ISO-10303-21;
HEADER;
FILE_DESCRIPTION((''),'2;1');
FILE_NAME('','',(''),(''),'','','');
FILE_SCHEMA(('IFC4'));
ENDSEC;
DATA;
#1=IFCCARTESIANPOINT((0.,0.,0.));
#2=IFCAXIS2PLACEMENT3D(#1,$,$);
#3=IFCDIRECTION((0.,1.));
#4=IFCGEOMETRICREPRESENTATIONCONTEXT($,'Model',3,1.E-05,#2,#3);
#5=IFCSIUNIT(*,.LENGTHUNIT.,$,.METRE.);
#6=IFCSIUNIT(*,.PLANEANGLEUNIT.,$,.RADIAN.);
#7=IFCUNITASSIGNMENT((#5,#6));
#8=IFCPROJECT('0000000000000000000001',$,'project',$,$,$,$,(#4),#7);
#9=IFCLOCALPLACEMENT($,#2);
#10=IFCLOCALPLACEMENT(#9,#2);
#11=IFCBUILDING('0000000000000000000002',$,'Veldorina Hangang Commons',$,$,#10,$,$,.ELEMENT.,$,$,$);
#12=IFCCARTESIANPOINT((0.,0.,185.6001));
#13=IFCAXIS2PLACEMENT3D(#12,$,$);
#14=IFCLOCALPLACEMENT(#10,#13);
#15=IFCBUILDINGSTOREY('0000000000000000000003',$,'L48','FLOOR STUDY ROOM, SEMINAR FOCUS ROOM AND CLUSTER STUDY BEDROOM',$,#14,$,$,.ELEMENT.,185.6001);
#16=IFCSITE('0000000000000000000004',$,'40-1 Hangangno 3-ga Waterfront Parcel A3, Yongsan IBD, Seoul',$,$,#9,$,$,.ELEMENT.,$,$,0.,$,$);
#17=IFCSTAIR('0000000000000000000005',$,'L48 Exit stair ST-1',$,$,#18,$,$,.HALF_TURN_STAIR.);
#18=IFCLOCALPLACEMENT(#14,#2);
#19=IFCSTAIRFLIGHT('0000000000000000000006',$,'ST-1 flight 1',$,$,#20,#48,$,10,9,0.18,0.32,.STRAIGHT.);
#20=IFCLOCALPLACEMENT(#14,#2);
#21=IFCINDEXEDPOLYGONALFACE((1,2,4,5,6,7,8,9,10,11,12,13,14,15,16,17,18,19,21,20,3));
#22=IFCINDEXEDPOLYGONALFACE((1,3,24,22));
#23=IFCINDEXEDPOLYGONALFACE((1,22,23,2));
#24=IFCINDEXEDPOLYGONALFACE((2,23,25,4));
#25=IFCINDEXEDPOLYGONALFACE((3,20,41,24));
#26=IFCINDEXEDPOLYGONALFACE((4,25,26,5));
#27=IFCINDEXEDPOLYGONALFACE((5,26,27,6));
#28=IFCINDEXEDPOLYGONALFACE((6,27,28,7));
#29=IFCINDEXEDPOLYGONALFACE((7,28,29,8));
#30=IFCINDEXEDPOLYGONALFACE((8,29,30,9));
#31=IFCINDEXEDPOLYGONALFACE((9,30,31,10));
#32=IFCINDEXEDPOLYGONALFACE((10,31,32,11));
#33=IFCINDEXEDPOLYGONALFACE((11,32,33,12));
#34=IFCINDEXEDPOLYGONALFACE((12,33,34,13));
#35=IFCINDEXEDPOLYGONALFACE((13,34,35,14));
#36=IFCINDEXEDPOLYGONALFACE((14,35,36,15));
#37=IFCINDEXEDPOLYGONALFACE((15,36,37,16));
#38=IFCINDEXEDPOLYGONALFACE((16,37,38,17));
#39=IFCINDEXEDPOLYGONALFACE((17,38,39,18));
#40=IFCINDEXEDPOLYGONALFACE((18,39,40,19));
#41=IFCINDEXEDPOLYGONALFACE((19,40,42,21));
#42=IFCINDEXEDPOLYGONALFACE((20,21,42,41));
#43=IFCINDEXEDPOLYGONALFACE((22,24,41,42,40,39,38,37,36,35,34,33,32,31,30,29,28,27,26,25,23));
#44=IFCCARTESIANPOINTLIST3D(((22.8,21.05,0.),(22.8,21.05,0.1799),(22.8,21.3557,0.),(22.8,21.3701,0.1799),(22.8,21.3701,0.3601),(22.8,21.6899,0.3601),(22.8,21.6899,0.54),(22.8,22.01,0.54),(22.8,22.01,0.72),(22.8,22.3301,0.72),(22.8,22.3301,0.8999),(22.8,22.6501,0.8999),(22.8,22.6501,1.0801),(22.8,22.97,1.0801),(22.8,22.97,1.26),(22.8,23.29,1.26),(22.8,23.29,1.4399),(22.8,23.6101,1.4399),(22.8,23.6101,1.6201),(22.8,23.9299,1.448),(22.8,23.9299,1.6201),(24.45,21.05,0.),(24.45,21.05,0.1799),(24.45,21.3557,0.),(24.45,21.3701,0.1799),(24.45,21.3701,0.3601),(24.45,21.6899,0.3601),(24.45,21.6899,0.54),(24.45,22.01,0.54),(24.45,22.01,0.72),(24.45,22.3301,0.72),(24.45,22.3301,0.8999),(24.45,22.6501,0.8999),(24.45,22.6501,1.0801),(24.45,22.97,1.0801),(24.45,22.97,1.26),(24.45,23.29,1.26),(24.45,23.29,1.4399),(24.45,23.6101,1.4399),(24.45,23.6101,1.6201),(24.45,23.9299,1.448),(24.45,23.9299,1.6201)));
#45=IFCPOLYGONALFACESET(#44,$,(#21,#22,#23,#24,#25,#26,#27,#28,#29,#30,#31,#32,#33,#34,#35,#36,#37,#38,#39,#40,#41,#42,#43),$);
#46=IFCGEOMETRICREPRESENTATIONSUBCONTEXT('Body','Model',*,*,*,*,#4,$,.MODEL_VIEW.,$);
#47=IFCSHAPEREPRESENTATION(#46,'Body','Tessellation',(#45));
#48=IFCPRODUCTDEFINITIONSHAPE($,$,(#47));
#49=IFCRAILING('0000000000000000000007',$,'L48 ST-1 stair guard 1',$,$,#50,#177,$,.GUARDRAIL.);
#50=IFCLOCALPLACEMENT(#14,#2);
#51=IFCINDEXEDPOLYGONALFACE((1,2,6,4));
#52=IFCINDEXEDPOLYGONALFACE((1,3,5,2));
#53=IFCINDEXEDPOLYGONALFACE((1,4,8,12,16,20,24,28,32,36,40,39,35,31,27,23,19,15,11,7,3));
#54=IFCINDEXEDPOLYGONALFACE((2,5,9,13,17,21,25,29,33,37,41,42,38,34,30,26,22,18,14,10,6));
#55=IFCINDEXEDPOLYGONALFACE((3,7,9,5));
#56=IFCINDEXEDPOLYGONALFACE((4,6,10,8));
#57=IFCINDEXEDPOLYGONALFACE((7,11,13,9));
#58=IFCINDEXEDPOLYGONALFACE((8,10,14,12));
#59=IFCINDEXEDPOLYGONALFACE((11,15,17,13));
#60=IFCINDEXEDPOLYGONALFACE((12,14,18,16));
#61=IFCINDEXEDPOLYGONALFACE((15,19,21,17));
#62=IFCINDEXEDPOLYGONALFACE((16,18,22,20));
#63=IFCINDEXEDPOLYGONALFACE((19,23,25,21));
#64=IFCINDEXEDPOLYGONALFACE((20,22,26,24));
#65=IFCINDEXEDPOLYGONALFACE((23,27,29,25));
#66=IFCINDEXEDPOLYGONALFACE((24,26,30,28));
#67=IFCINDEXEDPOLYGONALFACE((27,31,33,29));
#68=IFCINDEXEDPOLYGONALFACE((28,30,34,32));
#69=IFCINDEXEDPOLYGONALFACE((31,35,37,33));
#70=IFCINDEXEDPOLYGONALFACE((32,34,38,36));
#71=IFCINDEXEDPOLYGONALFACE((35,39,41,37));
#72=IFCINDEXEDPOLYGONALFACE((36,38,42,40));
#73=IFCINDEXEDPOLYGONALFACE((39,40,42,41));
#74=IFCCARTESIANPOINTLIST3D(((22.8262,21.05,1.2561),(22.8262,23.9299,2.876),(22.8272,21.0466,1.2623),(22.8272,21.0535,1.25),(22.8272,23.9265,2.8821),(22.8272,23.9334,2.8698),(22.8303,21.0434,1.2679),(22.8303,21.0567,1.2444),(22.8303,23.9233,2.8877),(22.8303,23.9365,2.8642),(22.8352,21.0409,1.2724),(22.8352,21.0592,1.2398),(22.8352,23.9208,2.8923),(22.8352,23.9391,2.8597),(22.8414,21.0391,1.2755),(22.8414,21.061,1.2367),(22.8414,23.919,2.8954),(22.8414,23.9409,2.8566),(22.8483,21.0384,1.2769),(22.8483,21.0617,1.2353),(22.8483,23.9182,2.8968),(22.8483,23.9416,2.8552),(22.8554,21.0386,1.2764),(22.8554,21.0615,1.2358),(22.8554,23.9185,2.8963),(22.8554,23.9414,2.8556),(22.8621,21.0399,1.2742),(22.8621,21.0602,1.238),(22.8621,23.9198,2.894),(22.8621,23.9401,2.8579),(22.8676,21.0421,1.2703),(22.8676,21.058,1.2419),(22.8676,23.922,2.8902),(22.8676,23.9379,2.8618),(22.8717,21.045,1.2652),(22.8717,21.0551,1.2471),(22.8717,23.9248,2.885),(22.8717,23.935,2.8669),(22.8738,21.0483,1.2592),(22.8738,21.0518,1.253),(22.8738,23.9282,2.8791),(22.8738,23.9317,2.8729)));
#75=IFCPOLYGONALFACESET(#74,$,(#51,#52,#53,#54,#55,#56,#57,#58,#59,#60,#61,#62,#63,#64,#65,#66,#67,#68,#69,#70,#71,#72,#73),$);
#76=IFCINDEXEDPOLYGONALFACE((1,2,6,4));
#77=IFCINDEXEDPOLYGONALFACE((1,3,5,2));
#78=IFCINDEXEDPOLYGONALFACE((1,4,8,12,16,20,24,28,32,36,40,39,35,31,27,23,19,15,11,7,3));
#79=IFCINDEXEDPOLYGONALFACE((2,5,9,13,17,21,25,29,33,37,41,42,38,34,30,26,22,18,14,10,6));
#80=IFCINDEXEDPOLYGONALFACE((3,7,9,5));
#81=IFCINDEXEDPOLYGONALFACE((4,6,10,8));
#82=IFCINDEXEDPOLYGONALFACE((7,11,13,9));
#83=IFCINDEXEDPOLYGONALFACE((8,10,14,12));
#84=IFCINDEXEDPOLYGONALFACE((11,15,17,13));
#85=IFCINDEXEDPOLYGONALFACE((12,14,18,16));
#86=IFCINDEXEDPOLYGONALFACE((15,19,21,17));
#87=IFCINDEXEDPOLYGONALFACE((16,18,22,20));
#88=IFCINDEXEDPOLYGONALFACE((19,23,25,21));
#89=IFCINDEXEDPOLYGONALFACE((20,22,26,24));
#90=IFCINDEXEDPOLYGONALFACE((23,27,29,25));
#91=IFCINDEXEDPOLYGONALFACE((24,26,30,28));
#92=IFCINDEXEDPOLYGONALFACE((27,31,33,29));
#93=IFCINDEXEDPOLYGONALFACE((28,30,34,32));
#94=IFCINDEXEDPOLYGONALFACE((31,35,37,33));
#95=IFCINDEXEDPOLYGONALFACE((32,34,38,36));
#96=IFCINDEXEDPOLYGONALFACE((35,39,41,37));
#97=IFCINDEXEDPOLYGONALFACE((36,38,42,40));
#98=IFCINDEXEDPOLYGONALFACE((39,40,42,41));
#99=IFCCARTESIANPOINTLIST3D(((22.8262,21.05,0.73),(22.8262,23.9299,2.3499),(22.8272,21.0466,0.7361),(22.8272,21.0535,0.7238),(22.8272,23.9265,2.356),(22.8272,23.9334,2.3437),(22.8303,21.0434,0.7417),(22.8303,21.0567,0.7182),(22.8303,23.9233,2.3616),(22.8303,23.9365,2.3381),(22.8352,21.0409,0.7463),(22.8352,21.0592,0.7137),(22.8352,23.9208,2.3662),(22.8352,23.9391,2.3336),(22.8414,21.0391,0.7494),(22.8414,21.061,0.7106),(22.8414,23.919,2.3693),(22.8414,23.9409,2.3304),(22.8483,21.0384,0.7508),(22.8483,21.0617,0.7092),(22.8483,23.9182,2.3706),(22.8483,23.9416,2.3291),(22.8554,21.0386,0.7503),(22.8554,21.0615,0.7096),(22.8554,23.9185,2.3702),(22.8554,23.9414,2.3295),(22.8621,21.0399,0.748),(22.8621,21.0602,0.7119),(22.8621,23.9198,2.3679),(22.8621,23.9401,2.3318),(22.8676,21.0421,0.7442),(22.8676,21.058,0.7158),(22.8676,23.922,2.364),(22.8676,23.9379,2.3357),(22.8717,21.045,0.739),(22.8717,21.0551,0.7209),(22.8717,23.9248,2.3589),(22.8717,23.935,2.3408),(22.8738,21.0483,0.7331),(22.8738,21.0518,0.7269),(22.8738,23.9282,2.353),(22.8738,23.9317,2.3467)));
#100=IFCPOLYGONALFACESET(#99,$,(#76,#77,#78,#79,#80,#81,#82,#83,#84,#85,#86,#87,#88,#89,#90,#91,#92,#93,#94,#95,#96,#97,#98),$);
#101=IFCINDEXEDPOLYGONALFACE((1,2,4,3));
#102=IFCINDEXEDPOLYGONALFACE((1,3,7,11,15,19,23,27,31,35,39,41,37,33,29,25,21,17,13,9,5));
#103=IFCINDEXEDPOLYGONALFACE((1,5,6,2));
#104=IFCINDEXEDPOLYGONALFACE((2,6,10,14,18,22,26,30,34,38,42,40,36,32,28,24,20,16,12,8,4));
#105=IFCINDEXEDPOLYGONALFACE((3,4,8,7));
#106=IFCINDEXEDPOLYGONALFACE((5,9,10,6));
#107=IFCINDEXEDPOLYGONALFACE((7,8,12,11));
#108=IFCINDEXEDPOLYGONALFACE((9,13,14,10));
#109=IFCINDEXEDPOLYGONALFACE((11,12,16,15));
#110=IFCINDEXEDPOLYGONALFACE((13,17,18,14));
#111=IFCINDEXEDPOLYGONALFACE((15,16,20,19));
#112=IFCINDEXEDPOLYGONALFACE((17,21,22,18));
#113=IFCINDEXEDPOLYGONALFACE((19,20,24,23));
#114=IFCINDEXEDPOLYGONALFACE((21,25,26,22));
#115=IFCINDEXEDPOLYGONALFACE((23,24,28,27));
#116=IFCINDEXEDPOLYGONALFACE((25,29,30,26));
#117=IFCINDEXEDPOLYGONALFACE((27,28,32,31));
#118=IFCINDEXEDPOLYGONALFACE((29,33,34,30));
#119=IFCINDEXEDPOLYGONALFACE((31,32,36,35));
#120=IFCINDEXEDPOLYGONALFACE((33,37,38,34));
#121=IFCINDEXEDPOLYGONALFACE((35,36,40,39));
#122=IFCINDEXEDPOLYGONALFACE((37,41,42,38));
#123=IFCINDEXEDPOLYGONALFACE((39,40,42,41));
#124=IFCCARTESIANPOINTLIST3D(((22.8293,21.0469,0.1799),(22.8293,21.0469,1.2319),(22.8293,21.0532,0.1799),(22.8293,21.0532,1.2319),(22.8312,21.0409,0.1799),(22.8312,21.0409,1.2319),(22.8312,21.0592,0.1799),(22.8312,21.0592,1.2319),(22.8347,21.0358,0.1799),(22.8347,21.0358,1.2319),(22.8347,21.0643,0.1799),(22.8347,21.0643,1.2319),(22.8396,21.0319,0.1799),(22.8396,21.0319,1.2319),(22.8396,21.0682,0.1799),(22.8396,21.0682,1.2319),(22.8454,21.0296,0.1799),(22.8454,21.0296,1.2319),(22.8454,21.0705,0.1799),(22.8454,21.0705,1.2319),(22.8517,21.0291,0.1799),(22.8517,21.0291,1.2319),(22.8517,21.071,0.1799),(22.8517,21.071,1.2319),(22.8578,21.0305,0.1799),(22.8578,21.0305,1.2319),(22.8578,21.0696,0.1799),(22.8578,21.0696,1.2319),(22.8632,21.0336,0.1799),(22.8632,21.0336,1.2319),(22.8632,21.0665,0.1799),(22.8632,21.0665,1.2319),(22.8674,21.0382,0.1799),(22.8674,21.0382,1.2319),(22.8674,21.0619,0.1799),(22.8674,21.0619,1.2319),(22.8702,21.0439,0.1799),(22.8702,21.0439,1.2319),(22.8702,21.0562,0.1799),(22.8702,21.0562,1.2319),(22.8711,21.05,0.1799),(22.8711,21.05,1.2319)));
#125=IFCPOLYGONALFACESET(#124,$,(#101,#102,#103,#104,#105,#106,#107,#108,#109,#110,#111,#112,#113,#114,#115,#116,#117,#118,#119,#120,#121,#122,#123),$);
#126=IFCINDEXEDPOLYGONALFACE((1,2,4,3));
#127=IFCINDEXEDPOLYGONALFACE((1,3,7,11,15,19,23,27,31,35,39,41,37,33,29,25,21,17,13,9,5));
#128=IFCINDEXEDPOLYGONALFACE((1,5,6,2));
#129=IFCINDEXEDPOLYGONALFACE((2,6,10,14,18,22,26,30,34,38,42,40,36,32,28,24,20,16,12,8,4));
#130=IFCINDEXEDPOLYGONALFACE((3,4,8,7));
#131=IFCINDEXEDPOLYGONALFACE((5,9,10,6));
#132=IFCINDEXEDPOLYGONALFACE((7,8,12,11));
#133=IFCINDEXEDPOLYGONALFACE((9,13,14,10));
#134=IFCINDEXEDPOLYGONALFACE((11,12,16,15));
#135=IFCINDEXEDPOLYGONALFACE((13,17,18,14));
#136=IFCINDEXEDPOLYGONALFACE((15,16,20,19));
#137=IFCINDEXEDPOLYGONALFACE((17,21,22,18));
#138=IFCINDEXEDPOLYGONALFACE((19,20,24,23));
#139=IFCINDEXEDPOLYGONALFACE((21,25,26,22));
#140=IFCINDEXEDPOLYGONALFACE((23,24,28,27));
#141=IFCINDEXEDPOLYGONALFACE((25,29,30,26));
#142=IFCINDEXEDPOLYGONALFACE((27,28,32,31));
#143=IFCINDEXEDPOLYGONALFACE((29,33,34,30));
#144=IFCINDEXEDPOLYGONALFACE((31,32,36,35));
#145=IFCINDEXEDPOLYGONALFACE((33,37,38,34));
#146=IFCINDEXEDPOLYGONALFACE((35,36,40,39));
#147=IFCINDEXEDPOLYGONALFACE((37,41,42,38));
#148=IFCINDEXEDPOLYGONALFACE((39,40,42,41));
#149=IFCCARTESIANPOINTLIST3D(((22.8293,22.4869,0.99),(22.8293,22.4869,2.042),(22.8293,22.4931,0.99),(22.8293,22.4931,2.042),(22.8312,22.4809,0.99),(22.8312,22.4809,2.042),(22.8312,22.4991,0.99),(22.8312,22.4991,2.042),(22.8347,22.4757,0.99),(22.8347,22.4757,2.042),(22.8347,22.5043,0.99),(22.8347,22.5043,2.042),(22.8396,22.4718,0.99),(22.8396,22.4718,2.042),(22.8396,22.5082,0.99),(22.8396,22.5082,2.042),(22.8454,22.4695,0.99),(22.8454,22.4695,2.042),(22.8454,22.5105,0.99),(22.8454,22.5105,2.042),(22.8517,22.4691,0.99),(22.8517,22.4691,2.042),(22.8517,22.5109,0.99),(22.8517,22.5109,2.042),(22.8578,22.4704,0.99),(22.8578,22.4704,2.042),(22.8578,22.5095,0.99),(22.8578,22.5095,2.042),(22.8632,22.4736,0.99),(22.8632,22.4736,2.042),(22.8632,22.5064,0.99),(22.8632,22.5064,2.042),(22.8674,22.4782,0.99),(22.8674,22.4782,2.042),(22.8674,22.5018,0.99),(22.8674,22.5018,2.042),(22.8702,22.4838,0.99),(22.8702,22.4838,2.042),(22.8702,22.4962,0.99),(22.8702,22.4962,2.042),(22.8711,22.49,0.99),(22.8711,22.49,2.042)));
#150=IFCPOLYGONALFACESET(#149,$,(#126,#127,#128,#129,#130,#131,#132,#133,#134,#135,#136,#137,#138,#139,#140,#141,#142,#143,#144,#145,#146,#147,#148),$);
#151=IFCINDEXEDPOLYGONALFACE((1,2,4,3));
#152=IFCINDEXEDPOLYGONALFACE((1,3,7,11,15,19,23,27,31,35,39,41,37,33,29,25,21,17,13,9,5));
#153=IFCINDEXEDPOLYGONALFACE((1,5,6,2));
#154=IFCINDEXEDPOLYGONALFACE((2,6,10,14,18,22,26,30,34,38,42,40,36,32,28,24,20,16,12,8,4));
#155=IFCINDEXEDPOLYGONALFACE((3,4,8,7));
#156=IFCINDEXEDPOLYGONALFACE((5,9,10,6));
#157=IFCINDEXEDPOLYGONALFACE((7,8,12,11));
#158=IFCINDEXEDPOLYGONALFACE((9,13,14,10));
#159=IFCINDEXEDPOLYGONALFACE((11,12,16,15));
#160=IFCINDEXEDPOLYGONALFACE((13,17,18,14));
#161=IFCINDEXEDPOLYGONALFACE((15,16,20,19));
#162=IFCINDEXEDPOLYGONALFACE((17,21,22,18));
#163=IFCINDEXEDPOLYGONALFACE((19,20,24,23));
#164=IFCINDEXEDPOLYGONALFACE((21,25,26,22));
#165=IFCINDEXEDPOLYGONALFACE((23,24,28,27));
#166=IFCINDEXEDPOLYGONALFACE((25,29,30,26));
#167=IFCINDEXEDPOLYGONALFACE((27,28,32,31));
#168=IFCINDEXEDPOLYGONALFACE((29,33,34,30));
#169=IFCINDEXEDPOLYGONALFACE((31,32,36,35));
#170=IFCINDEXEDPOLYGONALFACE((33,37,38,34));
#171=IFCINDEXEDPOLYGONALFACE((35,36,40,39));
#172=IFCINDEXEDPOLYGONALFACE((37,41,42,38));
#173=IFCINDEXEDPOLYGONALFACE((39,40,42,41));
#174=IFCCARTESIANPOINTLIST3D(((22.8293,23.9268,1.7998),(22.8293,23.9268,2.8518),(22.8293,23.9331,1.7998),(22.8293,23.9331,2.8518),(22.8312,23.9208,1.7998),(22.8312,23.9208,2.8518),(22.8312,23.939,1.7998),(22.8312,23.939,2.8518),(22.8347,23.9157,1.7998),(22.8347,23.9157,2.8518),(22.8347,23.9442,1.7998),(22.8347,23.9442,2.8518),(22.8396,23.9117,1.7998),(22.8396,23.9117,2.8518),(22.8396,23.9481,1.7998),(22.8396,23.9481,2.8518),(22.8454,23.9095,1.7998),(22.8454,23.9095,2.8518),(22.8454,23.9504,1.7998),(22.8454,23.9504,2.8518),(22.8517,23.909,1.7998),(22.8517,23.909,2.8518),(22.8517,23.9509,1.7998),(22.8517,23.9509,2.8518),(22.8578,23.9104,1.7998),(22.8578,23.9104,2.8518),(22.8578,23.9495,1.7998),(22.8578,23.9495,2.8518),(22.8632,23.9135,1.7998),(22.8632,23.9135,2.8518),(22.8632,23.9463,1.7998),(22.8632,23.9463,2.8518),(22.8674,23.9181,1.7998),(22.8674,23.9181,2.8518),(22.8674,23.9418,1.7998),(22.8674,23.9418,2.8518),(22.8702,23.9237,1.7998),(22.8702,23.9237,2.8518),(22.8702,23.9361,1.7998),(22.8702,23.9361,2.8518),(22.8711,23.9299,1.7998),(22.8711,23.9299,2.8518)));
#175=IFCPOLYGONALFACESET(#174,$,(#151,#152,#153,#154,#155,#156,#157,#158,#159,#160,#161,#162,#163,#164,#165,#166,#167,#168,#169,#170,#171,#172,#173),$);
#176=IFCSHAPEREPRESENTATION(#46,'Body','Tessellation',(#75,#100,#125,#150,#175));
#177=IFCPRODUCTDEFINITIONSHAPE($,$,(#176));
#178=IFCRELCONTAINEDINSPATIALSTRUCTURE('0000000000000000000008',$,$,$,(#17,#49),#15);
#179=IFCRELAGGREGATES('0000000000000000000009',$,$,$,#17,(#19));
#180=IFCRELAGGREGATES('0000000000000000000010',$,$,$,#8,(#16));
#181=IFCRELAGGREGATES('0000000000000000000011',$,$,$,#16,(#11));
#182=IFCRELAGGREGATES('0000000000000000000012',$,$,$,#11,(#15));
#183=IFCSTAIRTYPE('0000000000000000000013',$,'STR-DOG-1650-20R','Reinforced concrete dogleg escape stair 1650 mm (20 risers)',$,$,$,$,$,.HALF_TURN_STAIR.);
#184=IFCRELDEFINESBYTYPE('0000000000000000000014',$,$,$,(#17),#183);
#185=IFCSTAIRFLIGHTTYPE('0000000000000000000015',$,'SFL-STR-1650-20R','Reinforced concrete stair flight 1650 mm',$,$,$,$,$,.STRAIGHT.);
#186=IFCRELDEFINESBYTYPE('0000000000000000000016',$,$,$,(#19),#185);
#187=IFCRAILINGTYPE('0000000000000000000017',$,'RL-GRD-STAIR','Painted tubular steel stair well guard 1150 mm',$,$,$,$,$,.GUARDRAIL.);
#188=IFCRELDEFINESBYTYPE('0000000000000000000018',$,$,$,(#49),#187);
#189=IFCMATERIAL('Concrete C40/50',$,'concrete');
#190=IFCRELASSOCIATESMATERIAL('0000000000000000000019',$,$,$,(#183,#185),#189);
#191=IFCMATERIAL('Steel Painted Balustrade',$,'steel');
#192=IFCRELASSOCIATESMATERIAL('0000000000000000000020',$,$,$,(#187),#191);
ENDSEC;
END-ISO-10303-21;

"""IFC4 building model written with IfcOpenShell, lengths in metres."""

from ifc_helpers import new_model, si_unit, direction, frame, origin, origin_2d, place, context, subcontext, project, spatial, polyline, circle, outline, extrude, material, type_object, element, aggregate, save


model = new_model("IFC4")

# Units and contexts
model_context = context("Model", 3, precision=1e-05, world=origin(), true_north=direction((0.0, 1.0)))
body_context = subcontext(model_context, "Body", "Model", "MODEL_VIEW")
ifc_project = project(units=[si_unit("LENGTHUNIT", "METRE"), si_unit("PLANEANGLEUNIT", "RADIAN")], contexts=[model_context])

# Site, building, storey
site_placement = place(None, origin())
site = spatial("IfcSite", under=ifc_project, at=site_placement, Name="40-1 Hangangno 3-ga Waterfront Parcel A3, Yongsan IBD, Seoul", CompositionType="ELEMENT", RefElevation=0.0)
building_placement = place(site_placement, origin())
building = spatial("IfcBuilding", under=site, at=building_placement, Name="Veldorina Hangang Commons", CompositionType="ELEMENT")
storey_placement = place(building_placement, frame((0.0, 0.0, 185.6001)))
storey = spatial("IfcBuildingStorey", under=building, at=storey_placement, Name="L48", Description="FLOOR STUDY ROOM, SEMINAR FOCUS ROOM AND CLUSTER STUDY BEDROOM", CompositionType="ELEMENT", Elevation=185.6001)

# Stair, stair flight
ifc_material_1 = material(Name="Concrete C40/50", Category="concrete")
stair_type = type_object("IfcStairType", Name="STR-DOG-1650-20R", Description="Reinforced concrete dogleg escape stair 1650 mm (20 risers)", PredefinedType="HALF_TURN_STAIR", material=ifc_material_1)
stair_placement = place(storey_placement, origin())
stair = element("IfcStair", 1, at=stair_placement, inside=storey, type_object=stair_type, Name="L48 Exit stair ST-1", PredefinedType="HALF_TURN_STAIR")
stair_flight_type = type_object("IfcStairFlightType", Name="SFL-STR-1650-20R", Description="Reinforced concrete stair flight 1650 mm", PredefinedType="STRAIGHT", material=ifc_material_1)
stair_flight_placement = place(storey_placement, frame((23.625, 21.05, 0.0), z_axis=(0.0, 0.0, 1.0), x_axis=(0.0, 1.0, 0.0)))
stair_flight = element("IfcStairFlight", 2, at=stair_flight_placement, type_object=stair_flight_type, Name="ST-1 flight 1", NumberOfRisers=10, NumberOfTreads=9, PredefinedType="STRAIGHT", RiserHeight=0.18, TreadLength=0.32, context=body_context, shape_type="SweptSolid", body=[
    extrude(outline(polyline([(0.0, 0.0), (0.0, 0.1799), (0.3201, 0.1799), (0.3201, 0.3601), (0.6399, 0.3601), (0.6399, 0.54), (0.96, 0.54), (0.96, 0.72), (1.28, 0.72), (1.28, 0.8999), (1.6001, 0.8999), (1.6001, 1.0801), (1.9199, 1.0801), (1.9199, 1.26), (2.24, 1.26), (2.24, 1.4399), (2.5601, 1.4399), (2.5601, 1.6201), (2.8799, 1.6201), (2.8799, 1.8), (2.8799, 1.448), (0.3057, 0.0), (0.0, 0.0)])), frame((0.0, 0.825, 0.0), z_axis=(0.0, -1.0, 0.0), x_axis=(1.0, 0.0, 0.0)), (0.0, 0.0, 1.0), 1.6499),
])
aggregate(stair, [stair_flight])

# Railing
ifc_material_2 = material(Name="Steel Painted Balustrade", Category="steel")
railing_type_1 = type_object("IfcRailingType", Name="RL-GRD-STAIR", Description="Painted tubular steel stair well guard 1150 mm", PredefinedType="GUARDRAIL", material=ifc_material_2)
railing_1_placement = place(storey_placement, frame((22.8501, 21.05, 0.1799)))
element("IfcRailing", 3, at=railing_1_placement, inside=storey, type_object=railing_type_1, Name="L48 ST-1 stair guard 1", PredefinedType="GUARDRAIL", context=body_context, shape_type="SweptSolid", body=[
    extrude(circle(Radius=0.0239, at=origin_2d()), frame((0.0, 0.0, 1.0762), z_axis=(0.0, 0.871583, 0.490247), x_axis=(-1.0, 0.0, 0.0)), (0.0, 0.0, 1.0), 3.3042),
    extrude(circle(Radius=0.0239, at=origin_2d()), frame((0.0, 0.0, 0.55), z_axis=(0.0, 0.871583, 0.490247), x_axis=(-1.0, 0.0, 0.0)), (0.0, 0.0, 1.0), 3.3042),
    extrude(circle(Radius=0.021, at=origin_2d()), origin(), (0.0, 0.0, 1.0), 1.052),
    extrude(circle(Radius=0.021, at=origin_2d()), frame((0.0, 1.4399, 0.8101)), (0.0, 0.0, 1.0), 1.052),
    extrude(circle(Radius=0.021, at=origin_2d()), frame((0.0, 2.8799, 1.6199)), (0.0, 0.0, 1.0), 1.052),
])

save(model, "model.ifc")
